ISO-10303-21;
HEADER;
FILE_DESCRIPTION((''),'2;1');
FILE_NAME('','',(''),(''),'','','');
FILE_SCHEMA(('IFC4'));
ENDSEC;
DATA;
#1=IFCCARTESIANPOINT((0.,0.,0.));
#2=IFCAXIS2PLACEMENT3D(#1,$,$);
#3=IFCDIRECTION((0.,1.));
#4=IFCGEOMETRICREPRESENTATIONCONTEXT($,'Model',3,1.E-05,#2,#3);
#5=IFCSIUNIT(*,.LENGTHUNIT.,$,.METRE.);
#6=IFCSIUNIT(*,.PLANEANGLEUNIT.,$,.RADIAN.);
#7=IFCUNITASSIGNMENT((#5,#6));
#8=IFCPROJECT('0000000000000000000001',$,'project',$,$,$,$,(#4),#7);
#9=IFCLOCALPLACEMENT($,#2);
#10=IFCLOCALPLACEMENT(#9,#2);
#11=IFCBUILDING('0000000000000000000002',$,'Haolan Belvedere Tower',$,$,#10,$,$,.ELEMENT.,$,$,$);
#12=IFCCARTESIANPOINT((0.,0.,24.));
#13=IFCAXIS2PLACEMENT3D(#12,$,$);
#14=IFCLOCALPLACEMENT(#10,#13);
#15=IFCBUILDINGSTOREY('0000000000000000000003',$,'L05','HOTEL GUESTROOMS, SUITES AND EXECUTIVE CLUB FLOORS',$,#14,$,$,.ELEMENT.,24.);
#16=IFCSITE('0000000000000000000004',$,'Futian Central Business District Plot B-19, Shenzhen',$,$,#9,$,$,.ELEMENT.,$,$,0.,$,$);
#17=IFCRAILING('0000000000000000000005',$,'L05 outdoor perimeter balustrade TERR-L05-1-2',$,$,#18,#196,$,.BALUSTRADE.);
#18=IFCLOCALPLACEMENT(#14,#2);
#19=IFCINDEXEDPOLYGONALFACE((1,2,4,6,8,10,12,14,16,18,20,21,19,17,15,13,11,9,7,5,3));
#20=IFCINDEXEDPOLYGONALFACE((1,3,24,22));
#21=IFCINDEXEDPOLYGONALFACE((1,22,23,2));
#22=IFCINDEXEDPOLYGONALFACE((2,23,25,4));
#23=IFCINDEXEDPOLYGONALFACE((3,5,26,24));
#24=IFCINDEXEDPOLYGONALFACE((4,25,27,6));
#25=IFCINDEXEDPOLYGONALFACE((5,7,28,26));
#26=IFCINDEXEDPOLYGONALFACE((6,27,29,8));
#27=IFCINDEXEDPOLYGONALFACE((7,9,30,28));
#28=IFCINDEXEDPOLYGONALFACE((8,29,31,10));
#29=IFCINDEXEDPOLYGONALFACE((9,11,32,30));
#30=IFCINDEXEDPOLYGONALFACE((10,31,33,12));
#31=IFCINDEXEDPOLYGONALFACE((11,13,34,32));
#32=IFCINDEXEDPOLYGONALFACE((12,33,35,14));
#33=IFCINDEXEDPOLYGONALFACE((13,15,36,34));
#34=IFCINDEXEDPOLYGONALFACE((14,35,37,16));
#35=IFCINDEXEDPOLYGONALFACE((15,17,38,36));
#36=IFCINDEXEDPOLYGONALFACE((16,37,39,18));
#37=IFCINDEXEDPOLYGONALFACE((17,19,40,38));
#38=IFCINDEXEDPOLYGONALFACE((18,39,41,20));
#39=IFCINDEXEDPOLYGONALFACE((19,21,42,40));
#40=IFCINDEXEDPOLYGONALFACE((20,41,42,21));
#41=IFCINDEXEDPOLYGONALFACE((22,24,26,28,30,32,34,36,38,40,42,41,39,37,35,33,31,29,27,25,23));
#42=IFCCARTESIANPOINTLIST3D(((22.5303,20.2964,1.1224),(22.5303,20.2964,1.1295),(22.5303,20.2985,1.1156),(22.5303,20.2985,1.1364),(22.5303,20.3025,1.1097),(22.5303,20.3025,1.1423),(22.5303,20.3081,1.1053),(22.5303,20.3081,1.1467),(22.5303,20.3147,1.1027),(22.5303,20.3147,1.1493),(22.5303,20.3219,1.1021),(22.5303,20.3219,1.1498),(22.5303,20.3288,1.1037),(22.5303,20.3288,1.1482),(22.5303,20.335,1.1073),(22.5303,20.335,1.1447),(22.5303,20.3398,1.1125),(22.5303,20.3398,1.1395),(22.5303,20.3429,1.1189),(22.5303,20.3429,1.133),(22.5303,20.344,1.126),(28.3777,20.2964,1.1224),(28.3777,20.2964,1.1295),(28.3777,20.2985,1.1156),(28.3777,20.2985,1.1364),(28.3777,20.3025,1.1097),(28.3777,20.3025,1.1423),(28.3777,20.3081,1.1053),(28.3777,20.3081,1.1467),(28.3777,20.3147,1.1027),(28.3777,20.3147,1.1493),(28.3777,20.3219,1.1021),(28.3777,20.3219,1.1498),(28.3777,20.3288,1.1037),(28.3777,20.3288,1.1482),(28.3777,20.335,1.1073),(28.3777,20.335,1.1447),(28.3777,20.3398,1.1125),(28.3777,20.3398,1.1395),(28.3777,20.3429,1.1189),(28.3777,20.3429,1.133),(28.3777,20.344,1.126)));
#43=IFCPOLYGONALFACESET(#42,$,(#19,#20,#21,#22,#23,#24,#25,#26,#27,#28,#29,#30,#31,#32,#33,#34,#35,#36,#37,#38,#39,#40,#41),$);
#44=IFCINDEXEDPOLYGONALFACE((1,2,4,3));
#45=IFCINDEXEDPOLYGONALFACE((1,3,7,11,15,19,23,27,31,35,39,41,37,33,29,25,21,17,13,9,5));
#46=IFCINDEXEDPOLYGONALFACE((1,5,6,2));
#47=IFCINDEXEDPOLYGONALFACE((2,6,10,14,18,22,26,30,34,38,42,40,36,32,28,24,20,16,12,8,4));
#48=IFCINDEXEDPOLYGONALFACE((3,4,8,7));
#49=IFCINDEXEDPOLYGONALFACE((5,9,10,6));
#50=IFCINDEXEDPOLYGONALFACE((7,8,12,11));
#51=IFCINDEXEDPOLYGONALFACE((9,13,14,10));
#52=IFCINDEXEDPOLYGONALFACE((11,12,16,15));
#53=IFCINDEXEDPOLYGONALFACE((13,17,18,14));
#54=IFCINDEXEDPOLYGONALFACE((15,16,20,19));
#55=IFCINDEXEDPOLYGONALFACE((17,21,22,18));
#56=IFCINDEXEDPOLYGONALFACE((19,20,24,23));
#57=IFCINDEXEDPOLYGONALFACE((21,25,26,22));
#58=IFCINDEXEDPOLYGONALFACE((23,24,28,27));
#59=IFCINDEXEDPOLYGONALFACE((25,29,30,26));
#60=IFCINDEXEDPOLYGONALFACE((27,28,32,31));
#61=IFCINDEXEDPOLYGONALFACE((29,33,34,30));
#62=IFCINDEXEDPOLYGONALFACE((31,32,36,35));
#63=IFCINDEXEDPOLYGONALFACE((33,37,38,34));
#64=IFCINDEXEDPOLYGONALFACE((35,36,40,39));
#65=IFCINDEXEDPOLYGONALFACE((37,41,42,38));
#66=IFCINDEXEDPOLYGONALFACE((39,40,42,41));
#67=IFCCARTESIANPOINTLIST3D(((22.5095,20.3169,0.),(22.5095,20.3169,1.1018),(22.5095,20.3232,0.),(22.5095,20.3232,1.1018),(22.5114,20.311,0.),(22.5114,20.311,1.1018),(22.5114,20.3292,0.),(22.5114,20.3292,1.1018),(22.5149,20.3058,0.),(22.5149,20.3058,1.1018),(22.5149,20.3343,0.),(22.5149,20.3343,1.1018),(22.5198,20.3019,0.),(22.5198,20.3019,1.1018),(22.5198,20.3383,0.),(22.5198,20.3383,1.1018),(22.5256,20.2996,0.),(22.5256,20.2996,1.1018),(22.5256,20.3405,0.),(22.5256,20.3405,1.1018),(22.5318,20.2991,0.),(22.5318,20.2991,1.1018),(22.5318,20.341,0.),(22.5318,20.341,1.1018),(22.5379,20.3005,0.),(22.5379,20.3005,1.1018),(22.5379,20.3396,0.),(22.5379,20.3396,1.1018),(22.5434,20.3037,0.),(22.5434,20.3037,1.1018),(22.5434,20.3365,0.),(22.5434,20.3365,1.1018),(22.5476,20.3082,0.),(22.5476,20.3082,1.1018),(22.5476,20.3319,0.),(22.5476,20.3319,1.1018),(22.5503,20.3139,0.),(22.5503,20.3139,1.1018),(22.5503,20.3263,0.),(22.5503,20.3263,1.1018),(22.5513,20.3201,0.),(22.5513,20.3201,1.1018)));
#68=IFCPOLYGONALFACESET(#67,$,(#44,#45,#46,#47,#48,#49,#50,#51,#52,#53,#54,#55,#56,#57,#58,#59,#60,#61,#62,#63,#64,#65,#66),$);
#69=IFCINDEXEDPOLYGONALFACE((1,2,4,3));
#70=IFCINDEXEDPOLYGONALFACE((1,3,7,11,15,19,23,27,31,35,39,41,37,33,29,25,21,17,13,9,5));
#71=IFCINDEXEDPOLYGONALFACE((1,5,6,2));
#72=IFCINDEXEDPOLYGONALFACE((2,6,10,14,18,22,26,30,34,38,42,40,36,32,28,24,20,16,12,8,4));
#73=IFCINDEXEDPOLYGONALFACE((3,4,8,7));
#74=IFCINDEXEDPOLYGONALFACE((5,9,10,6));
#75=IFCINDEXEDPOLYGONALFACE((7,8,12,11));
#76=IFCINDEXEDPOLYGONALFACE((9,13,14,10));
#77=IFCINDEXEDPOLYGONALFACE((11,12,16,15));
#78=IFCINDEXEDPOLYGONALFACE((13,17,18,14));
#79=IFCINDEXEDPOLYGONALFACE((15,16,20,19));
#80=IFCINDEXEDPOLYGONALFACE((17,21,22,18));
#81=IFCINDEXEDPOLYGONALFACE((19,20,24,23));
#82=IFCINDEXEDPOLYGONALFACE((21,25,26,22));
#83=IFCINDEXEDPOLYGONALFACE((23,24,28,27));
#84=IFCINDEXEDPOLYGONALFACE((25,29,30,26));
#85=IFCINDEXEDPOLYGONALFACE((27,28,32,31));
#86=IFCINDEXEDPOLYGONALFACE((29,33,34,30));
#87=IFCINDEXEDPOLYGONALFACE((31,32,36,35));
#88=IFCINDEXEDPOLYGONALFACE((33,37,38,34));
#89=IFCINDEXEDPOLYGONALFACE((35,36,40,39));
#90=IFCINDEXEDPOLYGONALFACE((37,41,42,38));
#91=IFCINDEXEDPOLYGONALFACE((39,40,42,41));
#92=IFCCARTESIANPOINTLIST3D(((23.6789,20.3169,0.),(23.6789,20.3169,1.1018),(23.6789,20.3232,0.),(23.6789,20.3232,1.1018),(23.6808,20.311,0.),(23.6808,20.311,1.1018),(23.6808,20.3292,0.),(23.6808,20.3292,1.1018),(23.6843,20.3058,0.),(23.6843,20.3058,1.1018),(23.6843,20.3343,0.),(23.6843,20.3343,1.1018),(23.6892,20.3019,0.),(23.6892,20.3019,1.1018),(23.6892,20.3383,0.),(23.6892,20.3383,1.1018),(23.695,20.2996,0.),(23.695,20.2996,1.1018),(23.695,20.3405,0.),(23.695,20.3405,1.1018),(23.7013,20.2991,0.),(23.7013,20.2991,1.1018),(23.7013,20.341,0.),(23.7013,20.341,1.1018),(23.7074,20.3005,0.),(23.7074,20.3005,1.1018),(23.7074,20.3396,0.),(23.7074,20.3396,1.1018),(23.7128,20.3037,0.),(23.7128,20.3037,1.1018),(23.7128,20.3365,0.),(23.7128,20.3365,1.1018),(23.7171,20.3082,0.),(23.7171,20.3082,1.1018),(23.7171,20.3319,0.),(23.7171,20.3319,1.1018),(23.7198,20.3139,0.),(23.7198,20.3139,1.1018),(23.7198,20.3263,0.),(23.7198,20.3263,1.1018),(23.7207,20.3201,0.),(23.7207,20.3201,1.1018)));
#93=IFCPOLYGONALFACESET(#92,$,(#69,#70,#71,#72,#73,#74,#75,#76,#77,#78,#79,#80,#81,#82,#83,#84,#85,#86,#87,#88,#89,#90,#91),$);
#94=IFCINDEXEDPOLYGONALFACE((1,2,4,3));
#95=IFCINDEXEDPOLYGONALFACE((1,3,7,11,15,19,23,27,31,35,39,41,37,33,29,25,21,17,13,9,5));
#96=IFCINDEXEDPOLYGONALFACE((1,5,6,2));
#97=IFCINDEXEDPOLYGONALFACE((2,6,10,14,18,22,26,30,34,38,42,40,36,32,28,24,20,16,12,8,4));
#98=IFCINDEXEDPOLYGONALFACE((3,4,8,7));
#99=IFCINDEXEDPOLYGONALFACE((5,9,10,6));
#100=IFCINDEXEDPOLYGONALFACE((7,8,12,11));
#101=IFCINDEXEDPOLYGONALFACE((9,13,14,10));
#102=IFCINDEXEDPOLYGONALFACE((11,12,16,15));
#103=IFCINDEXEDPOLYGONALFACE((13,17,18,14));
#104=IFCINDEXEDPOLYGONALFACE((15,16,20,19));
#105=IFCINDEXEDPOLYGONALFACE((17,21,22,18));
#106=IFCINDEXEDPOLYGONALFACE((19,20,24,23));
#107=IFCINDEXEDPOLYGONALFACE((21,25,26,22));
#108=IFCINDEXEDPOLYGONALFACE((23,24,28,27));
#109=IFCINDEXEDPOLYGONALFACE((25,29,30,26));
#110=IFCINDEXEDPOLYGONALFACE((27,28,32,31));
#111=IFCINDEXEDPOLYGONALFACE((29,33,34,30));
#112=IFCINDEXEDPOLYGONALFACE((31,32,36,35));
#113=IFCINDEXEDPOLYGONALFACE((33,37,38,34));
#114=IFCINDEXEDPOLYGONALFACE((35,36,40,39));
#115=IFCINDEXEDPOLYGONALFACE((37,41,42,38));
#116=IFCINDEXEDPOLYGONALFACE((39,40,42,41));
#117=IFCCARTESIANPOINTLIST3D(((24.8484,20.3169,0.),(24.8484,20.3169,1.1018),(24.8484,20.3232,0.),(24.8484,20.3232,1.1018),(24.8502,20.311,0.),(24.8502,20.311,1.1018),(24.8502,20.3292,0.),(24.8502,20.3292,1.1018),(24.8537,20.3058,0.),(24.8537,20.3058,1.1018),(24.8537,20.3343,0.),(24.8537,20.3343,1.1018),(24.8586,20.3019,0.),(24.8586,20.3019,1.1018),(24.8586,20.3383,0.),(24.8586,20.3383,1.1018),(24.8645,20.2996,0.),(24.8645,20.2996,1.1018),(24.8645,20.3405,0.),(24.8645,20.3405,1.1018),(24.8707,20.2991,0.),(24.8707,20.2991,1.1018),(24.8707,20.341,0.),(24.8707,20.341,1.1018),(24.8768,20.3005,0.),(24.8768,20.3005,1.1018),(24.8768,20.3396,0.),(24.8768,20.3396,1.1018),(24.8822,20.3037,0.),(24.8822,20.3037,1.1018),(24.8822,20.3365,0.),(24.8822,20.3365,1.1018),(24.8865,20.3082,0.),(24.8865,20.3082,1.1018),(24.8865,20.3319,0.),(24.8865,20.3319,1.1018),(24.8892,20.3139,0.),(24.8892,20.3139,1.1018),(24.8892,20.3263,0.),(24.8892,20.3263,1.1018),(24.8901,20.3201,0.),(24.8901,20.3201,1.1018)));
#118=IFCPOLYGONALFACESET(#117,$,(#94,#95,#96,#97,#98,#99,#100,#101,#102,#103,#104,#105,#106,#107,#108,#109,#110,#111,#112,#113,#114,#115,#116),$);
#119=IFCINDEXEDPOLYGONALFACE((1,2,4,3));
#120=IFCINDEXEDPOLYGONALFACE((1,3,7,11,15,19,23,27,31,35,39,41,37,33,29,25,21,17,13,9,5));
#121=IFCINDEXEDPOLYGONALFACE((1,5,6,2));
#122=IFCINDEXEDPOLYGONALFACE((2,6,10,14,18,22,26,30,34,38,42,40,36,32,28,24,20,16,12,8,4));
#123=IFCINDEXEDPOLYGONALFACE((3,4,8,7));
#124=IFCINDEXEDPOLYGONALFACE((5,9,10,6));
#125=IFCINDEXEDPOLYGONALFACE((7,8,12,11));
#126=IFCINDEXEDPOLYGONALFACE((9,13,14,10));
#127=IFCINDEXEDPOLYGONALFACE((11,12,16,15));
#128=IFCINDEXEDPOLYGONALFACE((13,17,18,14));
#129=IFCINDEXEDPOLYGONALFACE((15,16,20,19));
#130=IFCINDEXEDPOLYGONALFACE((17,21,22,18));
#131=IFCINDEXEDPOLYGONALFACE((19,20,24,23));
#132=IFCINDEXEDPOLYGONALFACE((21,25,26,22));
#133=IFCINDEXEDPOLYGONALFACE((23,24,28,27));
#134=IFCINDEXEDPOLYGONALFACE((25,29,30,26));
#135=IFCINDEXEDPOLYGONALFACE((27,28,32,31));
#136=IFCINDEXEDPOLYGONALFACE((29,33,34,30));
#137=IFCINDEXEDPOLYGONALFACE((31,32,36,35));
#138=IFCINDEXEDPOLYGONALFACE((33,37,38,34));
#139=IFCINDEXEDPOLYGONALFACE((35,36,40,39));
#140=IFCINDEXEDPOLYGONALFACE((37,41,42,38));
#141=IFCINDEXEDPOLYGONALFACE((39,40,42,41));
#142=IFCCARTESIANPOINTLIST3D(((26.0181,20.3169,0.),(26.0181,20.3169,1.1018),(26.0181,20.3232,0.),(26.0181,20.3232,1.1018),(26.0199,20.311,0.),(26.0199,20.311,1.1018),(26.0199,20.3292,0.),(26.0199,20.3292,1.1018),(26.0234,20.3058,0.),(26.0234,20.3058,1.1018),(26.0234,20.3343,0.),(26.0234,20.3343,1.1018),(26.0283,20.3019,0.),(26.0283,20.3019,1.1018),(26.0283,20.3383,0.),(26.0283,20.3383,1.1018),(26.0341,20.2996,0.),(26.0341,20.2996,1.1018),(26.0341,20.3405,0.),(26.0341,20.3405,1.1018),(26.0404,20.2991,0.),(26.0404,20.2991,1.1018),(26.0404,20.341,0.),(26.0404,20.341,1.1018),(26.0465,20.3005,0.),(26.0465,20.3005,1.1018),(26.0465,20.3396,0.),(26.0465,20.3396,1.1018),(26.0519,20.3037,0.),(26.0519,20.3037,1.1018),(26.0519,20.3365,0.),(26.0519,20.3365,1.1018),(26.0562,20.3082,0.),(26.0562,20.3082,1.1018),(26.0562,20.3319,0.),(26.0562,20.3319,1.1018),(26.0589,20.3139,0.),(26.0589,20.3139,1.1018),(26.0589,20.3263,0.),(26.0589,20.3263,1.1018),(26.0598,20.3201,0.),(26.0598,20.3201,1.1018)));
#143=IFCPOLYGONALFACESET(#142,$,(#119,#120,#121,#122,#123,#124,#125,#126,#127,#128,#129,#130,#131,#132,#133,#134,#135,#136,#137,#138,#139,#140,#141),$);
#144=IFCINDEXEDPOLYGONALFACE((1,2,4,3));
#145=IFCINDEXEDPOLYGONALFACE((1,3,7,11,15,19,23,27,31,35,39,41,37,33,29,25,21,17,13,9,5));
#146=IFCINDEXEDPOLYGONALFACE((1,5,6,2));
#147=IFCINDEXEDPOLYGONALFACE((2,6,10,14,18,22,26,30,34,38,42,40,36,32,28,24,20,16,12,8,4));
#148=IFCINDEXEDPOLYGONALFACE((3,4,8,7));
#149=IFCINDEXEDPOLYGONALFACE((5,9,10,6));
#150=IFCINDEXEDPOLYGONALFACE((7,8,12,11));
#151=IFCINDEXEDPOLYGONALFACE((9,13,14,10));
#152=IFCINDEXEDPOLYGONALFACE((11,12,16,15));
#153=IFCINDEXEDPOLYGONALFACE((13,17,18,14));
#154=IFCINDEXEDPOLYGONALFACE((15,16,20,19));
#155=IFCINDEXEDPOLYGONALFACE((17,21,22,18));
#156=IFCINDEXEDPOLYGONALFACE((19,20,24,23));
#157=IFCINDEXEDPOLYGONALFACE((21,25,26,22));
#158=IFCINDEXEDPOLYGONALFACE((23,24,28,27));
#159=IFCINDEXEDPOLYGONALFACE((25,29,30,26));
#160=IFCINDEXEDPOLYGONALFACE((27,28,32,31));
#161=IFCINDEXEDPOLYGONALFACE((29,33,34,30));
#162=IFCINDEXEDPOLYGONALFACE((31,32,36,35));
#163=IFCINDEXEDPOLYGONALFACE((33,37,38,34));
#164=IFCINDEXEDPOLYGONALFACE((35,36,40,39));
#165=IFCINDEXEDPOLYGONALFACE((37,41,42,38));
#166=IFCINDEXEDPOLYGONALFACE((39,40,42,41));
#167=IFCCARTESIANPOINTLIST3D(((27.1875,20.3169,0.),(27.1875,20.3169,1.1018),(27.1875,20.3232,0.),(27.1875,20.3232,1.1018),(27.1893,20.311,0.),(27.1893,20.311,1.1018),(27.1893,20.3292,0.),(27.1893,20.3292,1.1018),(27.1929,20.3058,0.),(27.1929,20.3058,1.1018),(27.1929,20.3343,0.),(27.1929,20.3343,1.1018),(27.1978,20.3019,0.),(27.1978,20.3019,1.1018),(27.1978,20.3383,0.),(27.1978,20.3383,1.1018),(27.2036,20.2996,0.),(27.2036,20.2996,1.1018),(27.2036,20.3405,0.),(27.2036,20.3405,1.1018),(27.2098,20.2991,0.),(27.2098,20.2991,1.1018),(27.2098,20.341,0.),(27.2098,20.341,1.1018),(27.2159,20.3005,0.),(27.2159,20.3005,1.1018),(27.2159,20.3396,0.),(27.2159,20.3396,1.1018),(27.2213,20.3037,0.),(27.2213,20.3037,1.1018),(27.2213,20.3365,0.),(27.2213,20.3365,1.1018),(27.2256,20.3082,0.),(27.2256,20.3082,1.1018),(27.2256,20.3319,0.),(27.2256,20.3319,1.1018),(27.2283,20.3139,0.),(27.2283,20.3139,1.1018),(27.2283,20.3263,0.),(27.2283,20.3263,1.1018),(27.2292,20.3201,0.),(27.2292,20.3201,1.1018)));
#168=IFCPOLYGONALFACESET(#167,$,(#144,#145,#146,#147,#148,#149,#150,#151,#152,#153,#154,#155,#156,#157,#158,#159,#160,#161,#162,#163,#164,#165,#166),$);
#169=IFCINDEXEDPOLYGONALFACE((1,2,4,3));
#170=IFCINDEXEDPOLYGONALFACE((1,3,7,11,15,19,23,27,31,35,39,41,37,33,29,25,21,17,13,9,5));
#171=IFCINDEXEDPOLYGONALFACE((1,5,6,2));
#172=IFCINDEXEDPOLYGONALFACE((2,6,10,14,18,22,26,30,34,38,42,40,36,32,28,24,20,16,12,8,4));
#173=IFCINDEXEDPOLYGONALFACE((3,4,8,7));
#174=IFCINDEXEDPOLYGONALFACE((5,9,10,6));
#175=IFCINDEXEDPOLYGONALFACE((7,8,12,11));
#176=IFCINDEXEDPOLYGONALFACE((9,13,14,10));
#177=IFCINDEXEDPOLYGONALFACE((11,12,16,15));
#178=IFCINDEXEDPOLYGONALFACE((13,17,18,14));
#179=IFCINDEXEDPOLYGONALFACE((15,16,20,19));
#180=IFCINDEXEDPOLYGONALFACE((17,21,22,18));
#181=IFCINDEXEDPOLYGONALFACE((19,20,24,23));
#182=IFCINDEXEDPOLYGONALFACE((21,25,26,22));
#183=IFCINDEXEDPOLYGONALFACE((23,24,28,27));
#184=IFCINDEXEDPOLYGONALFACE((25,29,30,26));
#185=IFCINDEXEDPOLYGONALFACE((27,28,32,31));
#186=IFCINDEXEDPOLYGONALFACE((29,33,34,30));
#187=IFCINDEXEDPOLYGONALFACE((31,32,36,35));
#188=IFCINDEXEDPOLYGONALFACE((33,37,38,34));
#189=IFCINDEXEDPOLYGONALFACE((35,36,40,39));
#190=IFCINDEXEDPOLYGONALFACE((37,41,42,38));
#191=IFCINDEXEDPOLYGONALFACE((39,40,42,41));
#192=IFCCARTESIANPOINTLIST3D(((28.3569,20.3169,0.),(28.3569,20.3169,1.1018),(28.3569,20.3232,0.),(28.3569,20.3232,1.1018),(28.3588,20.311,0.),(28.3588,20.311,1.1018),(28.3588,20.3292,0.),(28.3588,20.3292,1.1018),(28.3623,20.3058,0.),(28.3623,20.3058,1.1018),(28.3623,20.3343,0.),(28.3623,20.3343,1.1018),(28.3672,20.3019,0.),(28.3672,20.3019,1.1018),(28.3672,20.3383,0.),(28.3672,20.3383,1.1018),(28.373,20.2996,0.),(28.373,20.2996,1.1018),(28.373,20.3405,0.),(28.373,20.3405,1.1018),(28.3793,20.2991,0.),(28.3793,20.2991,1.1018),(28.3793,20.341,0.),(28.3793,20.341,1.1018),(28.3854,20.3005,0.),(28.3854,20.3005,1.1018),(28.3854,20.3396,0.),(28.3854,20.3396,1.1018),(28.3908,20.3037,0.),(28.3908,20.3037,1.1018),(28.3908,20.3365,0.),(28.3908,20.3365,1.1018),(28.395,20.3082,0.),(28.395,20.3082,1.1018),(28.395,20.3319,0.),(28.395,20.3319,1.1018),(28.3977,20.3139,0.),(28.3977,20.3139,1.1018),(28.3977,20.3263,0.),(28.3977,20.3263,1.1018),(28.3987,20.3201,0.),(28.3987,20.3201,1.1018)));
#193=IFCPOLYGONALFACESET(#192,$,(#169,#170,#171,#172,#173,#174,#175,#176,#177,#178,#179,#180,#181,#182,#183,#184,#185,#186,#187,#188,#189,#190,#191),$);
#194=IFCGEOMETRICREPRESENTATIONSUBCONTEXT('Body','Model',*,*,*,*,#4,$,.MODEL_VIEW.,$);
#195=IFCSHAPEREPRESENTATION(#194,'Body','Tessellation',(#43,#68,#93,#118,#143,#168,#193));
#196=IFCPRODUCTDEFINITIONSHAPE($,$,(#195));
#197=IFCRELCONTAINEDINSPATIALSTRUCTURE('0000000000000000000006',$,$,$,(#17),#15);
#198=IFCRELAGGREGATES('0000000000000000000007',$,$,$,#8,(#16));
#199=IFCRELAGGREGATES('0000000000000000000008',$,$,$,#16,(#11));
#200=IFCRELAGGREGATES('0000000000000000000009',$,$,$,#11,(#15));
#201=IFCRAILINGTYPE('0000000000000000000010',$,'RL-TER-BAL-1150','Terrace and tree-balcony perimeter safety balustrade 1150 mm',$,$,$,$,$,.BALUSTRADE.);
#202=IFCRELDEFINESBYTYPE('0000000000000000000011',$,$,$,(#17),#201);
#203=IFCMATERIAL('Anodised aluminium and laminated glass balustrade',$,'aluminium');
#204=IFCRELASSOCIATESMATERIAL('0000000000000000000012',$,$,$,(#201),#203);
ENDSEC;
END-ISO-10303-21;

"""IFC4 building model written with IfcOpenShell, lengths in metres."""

from ifc_helpers import new_model, si_unit, direction, frame, origin, origin_2d, place, context, subcontext, project, spatial, circle, extrude, material, type_object, element, save


model = new_model("IFC4")

# Units and contexts
model_context = context("Model", 3, precision=1e-05, world=origin(), true_north=direction((0.0, 1.0)))
body_context = subcontext(model_context, "Body", "Model", "MODEL_VIEW")
ifc_project = project(units=[si_unit("LENGTHUNIT", "METRE"), si_unit("PLANEANGLEUNIT", "RADIAN")], contexts=[model_context])

# Site, building, storey
site_placement = place(None, origin())
site = spatial("IfcSite", under=ifc_project, at=site_placement, Name="Futian Central Business District Plot B-19, Shenzhen", CompositionType="ELEMENT", RefElevation=0.0)
building_placement = place(site_placement, origin())
building = spatial("IfcBuilding", under=site, at=building_placement, Name="Haolan Belvedere Tower", CompositionType="ELEMENT")
storey_placement = place(building_placement, frame((0.0, 0.0, 24.0)))
storey = spatial("IfcBuildingStorey", under=building, at=storey_placement, Name="L05", Description="HOTEL GUESTROOMS, SUITES AND EXECUTIVE CLUB FLOORS", CompositionType="ELEMENT", Elevation=24.0)

# Railing
ifc_material_1 = material(Name="Anodised aluminium and laminated glass balustrade", Category="aluminium")
railing_type_1 = type_object("IfcRailingType", Name="RL-TER-BAL-1150", Description="Terrace and tree-balcony perimeter safety balustrade 1150 mm", PredefinedType="BALUSTRADE", material=ifc_material_1)
railing_1_placement = place(storey_placement, frame((22.5303, 20.3201, 0.0)))
element("IfcRailing", 1, at=railing_1_placement, inside=storey, type_object=railing_type_1, Name="L05 outdoor perimeter balustrade TERR-L05-1-2", PredefinedType="BALUSTRADE", context=body_context, shape_type="SweptSolid", body=[
    extrude(circle(Radius=0.0239, at=origin_2d()), frame((0.0, 0.0, 1.126), z_axis=(1.0, 0.0, 0.0), x_axis=(0.0, 1.0, 0.0)), (0.0, 0.0, 1.0), 5.8474),
    extrude(circle(Radius=0.021, at=origin_2d()), origin(), (0.0, 0.0, 1.0), 1.1018),
    extrude(circle(Radius=0.021, at=origin_2d()), frame((1.1694, 0.0, 0.0)), (0.0, 0.0, 1.0), 1.1018),
    extrude(circle(Radius=0.021, at=origin_2d()), frame((2.3389, 0.0, 0.0)), (0.0, 0.0, 1.0), 1.1018),
    extrude(circle(Radius=0.021, at=origin_2d()), frame((3.5085, 0.0, 0.0)), (0.0, 0.0, 1.0), 1.1018),
    extrude(circle(Radius=0.021, at=origin_2d()), frame((4.678, 0.0, 0.0)), (0.0, 0.0, 1.0), 1.1018),
    extrude(circle(Radius=0.021, at=origin_2d()), frame((5.8474, 0.0, 0.0)), (0.0, 0.0, 1.0), 1.1018),
])

save(model, "model.ifc")
